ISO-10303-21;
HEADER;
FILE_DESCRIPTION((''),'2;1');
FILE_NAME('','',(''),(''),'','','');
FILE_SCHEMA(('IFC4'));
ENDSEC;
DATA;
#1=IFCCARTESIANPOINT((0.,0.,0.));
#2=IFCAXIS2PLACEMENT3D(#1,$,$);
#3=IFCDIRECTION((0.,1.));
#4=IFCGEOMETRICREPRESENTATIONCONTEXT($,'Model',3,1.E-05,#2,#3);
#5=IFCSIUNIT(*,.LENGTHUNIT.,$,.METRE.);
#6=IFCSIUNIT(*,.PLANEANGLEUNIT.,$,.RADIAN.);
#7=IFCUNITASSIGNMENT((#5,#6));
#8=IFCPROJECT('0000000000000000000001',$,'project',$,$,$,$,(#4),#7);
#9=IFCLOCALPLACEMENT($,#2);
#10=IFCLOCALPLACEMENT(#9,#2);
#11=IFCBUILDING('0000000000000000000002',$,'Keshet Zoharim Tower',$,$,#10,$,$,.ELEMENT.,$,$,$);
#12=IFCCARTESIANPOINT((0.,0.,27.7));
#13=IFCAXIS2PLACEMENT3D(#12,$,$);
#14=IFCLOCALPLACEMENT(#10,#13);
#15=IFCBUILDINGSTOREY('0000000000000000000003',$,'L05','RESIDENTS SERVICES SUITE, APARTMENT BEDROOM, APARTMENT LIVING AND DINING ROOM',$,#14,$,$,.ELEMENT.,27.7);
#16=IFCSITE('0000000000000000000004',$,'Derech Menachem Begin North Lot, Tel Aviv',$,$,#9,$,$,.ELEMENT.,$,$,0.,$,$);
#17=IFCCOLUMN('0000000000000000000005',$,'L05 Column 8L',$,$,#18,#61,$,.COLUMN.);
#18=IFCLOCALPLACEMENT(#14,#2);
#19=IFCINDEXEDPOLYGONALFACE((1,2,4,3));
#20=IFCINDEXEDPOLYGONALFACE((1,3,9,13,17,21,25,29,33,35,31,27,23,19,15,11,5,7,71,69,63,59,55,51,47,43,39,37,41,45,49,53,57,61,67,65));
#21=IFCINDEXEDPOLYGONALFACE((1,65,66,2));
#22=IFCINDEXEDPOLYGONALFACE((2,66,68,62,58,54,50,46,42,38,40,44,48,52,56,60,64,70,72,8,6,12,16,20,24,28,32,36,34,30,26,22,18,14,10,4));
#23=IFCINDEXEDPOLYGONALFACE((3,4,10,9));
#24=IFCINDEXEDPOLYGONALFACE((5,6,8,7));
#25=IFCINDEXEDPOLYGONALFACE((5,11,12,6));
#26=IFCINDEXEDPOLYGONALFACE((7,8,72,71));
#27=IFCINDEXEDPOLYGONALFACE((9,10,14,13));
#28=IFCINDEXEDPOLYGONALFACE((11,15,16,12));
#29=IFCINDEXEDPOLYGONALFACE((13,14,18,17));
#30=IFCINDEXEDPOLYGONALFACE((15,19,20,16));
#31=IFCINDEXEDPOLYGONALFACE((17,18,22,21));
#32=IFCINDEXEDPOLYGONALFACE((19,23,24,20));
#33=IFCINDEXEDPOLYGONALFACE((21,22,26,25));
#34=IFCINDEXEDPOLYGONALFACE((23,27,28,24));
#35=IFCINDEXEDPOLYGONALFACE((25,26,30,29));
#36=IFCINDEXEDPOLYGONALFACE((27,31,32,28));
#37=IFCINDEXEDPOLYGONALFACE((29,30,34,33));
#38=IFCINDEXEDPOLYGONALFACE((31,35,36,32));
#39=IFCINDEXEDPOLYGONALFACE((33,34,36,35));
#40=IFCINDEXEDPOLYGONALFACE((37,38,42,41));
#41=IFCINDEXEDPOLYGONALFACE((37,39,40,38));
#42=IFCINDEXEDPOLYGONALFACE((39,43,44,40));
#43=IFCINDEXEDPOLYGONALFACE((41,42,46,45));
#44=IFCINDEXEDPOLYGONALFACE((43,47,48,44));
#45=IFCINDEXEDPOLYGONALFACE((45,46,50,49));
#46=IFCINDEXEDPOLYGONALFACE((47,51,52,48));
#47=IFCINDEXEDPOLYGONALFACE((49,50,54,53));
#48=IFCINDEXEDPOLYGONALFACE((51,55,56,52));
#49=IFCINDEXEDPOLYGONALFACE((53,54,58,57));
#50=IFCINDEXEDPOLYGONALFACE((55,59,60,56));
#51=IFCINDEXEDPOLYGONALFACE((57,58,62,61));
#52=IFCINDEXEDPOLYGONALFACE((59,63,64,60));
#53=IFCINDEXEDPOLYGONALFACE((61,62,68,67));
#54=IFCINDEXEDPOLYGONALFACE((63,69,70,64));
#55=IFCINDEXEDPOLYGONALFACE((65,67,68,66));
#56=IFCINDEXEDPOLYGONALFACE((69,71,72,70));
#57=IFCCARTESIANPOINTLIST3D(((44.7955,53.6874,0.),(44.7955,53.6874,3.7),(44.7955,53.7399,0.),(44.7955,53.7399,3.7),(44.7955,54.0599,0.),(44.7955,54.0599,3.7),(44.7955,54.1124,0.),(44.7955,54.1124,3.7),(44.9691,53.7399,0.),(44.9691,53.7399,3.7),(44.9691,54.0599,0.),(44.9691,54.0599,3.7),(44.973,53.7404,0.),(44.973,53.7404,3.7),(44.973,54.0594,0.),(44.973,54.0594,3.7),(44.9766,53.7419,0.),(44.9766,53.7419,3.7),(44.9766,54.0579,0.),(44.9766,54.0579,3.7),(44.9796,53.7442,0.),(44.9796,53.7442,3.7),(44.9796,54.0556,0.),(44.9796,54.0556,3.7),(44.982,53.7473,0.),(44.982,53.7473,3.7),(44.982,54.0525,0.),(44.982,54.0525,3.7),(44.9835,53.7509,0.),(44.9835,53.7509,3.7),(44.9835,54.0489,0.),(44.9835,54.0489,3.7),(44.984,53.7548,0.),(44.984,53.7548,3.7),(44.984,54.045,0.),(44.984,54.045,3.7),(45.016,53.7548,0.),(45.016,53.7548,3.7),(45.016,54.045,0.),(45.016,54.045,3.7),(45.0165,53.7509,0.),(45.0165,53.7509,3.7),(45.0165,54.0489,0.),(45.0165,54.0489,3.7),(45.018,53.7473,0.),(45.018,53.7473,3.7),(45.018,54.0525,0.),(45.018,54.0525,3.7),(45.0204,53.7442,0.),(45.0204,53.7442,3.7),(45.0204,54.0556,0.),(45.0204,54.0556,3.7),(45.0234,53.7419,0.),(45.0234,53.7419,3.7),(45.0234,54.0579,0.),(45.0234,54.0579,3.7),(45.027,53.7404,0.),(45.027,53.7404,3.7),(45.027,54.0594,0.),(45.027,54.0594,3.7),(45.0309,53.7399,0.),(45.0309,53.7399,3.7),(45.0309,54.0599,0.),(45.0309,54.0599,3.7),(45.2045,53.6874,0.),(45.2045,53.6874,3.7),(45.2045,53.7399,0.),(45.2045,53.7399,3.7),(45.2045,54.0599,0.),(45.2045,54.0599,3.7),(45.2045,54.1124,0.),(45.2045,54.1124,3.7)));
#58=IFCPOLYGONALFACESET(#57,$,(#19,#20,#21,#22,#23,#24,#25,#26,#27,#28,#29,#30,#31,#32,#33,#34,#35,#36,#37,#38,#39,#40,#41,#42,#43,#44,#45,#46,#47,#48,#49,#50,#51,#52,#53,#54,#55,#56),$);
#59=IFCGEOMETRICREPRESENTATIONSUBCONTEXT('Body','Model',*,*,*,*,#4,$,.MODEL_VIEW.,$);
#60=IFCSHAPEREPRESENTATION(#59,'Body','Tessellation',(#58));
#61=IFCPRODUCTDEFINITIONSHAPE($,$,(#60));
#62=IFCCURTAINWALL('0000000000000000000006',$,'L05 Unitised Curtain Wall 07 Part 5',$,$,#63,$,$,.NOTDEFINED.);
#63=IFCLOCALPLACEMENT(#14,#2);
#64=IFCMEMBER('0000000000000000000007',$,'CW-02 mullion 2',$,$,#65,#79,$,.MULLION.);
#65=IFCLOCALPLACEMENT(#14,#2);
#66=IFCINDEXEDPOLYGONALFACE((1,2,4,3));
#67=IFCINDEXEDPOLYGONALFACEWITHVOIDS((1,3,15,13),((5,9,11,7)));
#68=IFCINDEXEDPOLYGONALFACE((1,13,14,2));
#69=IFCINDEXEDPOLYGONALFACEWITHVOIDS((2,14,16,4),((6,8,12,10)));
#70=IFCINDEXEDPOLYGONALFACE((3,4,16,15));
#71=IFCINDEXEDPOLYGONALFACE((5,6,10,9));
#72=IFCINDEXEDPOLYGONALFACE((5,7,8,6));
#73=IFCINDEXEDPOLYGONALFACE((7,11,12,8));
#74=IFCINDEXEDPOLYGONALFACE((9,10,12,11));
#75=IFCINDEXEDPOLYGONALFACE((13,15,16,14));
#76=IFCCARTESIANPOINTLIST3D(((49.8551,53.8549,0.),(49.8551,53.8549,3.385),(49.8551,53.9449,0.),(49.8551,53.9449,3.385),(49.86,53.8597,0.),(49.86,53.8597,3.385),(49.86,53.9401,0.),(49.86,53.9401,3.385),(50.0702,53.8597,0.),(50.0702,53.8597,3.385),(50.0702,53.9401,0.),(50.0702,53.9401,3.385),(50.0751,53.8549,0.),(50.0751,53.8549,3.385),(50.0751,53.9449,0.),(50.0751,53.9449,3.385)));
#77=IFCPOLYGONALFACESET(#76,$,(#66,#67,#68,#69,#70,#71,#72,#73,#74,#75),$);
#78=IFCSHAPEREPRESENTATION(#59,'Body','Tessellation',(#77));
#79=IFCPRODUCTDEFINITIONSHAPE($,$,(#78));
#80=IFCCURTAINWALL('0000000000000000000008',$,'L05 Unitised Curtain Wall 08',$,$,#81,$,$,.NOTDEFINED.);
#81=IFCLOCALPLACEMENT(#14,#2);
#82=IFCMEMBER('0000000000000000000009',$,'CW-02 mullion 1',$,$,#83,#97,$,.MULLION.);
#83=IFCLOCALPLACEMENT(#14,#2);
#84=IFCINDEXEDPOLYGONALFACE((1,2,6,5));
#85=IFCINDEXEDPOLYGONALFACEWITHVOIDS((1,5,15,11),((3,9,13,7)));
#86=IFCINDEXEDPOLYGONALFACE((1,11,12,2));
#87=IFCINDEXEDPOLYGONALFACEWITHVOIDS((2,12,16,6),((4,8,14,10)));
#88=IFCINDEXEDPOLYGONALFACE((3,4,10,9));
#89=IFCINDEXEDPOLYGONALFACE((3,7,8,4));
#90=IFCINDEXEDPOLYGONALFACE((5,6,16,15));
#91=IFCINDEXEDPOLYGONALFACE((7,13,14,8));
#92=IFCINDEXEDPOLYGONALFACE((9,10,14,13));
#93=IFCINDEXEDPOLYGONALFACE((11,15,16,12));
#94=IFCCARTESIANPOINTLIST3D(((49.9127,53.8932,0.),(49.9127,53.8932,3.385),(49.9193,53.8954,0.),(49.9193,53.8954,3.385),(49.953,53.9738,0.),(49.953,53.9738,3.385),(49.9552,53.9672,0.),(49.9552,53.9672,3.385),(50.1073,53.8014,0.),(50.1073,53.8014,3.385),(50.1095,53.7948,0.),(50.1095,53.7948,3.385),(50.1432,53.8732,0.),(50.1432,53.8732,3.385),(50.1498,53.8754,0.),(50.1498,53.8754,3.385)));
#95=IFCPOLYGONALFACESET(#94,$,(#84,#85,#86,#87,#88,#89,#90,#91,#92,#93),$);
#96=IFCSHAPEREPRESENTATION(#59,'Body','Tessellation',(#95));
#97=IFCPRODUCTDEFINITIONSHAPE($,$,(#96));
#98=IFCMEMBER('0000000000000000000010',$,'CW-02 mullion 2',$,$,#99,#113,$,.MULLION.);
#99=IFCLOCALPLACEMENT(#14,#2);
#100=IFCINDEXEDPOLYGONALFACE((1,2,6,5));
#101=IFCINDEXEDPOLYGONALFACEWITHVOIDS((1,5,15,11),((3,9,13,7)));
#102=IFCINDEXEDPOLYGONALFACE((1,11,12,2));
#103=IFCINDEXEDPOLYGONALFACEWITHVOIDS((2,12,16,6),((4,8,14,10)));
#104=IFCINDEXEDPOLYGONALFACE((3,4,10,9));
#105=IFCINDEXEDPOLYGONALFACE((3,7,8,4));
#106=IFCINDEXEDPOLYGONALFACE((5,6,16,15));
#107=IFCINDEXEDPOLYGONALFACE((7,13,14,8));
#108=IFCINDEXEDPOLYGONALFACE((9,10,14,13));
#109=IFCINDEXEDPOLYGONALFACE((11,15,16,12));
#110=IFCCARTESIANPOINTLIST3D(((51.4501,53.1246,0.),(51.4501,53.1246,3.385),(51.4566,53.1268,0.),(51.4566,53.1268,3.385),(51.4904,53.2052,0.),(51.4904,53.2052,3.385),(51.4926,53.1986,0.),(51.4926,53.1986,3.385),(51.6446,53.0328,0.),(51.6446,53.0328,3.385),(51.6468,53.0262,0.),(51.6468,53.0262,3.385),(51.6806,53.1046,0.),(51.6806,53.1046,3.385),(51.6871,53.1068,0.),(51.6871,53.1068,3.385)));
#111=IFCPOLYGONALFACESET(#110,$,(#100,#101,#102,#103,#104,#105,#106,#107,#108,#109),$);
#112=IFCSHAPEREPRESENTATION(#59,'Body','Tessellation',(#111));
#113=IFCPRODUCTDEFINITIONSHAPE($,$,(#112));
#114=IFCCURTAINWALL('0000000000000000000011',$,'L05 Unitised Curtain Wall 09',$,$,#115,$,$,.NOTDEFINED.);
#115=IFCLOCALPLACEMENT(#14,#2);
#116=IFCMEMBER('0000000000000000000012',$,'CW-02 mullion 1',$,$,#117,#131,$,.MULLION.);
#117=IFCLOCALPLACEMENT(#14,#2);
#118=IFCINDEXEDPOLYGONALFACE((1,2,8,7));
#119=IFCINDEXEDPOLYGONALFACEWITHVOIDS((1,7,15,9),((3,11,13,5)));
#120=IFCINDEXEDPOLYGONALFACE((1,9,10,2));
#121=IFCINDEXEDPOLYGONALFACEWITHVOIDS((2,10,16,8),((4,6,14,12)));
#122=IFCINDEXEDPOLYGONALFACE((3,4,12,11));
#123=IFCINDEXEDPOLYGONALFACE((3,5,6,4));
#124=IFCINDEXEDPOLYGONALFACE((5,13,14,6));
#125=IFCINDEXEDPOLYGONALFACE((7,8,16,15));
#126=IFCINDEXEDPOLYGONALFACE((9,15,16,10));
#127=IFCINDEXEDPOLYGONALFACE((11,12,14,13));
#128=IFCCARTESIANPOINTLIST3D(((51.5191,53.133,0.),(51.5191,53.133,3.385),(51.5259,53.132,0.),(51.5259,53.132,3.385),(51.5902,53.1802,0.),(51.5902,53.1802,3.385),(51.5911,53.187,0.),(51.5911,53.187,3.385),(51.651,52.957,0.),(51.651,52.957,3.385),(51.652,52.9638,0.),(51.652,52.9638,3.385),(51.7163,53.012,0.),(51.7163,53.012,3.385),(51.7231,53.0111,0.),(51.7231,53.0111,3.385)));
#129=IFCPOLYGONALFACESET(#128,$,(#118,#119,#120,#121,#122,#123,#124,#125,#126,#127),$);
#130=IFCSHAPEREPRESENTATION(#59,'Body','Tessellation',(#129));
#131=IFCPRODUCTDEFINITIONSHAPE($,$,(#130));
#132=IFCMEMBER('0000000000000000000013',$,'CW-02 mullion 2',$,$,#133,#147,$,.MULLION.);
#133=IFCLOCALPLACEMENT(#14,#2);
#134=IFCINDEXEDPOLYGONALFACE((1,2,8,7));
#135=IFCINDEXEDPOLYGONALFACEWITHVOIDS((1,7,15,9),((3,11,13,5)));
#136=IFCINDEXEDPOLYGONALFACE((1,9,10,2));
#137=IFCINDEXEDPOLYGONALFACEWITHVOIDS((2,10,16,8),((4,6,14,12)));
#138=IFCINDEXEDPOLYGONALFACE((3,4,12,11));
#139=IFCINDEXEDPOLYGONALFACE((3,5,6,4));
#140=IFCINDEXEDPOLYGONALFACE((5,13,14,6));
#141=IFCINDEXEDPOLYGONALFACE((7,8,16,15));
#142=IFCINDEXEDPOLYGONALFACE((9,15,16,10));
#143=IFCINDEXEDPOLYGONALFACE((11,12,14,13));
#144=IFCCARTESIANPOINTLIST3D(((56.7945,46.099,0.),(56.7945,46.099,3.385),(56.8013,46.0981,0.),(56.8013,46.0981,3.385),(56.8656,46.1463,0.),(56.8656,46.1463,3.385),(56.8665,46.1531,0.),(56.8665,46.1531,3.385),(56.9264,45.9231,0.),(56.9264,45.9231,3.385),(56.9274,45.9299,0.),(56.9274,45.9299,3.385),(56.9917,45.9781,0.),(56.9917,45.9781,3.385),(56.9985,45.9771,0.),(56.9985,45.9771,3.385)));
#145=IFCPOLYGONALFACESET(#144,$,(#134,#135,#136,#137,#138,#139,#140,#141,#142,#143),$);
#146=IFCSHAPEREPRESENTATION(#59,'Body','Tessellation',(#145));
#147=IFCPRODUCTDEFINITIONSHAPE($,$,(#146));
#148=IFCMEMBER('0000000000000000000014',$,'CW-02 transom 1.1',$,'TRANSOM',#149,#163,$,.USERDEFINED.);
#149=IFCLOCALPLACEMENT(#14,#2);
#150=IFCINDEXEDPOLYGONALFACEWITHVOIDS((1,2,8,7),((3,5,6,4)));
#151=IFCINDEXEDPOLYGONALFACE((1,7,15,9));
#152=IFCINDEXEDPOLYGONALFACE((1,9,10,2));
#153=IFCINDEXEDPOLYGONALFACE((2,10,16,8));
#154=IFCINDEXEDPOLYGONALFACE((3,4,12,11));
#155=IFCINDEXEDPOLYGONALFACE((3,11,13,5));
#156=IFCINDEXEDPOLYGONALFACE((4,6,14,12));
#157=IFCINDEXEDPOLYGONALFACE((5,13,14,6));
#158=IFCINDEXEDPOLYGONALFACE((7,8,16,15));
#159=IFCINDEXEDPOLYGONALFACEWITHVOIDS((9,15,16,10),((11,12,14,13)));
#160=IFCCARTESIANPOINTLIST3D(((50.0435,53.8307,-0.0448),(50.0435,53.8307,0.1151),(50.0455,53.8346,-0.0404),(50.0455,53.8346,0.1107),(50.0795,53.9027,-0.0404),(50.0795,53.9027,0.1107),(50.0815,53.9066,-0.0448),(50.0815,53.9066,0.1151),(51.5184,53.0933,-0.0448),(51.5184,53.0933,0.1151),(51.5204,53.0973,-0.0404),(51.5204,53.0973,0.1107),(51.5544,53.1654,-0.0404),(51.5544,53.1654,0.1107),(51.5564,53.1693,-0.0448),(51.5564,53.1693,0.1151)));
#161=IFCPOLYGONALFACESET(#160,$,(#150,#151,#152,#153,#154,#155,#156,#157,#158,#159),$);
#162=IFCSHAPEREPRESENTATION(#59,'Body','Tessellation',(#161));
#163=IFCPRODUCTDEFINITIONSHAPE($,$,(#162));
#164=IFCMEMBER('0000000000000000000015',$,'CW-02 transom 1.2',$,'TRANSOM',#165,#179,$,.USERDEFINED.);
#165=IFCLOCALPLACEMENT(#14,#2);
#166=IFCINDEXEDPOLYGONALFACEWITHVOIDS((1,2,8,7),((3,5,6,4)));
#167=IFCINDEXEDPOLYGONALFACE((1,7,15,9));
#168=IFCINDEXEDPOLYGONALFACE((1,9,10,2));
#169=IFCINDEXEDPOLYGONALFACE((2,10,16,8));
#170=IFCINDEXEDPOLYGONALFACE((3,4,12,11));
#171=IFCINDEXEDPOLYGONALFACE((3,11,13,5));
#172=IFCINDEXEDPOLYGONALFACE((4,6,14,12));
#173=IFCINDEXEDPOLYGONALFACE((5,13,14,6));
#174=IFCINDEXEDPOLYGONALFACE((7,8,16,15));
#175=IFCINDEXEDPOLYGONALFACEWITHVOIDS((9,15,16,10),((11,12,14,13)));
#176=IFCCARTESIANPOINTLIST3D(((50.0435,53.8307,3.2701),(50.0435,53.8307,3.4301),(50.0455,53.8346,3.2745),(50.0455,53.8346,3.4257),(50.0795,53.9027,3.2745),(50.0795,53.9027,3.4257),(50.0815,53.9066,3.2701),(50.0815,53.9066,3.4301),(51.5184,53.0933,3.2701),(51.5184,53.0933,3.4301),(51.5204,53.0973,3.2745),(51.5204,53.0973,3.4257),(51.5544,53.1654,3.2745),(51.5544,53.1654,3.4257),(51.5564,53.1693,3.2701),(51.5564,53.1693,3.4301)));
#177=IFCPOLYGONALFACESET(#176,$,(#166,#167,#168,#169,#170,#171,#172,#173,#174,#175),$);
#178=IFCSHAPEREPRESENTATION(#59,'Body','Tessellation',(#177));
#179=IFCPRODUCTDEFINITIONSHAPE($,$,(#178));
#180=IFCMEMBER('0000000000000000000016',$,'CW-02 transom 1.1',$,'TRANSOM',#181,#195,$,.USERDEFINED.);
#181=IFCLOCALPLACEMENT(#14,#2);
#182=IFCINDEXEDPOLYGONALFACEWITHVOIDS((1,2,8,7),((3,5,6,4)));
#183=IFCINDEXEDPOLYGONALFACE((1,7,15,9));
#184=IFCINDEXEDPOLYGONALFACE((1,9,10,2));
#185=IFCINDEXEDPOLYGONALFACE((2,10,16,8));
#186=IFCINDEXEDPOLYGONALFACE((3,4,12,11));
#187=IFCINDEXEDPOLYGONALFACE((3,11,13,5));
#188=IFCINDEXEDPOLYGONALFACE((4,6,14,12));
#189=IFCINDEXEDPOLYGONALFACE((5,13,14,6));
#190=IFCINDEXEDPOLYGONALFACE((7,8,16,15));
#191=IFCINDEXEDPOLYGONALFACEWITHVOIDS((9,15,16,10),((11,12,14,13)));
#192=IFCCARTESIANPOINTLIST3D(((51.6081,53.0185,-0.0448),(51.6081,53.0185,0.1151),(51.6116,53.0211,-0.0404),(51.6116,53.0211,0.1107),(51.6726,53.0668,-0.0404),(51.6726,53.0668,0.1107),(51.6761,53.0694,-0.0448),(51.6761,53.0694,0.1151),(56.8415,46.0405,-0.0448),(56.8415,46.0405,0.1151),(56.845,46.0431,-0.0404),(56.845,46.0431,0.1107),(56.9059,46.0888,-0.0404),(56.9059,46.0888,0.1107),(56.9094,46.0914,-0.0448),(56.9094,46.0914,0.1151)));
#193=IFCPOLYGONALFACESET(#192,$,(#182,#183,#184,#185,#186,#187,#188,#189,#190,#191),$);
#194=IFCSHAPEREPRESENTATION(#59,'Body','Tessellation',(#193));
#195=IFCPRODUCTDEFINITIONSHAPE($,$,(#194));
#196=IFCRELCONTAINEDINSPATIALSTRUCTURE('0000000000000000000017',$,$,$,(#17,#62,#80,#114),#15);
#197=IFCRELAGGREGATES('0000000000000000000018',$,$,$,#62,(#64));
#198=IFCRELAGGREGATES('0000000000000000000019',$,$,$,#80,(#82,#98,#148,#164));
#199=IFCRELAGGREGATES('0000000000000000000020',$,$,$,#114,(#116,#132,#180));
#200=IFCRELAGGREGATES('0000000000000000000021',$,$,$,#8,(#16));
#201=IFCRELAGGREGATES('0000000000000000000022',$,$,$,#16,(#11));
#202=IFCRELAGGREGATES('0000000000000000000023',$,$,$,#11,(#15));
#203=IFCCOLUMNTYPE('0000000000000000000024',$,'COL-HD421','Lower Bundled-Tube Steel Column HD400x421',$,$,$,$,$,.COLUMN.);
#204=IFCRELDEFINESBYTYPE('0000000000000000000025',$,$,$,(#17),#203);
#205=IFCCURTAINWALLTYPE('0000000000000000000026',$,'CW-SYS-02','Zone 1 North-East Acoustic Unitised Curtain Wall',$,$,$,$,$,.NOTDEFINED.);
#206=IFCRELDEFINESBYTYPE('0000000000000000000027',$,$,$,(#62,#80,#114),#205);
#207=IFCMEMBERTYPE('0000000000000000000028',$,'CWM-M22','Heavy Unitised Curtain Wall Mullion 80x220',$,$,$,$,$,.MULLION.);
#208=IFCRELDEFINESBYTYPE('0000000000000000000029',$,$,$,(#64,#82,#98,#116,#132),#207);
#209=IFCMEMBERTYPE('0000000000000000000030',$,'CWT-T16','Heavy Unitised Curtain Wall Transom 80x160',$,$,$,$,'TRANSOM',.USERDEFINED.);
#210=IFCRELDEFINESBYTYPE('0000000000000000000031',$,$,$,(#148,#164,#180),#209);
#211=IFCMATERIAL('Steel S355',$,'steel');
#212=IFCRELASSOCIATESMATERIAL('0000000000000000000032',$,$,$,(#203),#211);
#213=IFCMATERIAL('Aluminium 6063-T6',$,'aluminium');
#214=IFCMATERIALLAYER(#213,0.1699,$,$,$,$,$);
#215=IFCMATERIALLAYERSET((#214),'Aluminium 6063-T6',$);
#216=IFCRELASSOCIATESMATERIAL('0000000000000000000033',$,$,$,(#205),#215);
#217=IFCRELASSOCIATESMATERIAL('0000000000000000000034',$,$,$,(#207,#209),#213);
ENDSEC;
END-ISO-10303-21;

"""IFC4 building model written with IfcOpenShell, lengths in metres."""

from ifc_helpers import new_model, si_unit, direction, frame, origin, origin_2d, place, context, subcontext, project, spatial, hollow_rectangle, i_section, extrude, material, layer, layer_set, material_profile, profile_set, type_object, element, aggregate, save


model = new_model("IFC4")

# Units and contexts
model_context = context("Model", 3, precision=1e-05, world=origin(), true_north=direction((0.0, 1.0)))
body_context = subcontext(model_context, "Body", "Model", "MODEL_VIEW")
ifc_project = project(units=[si_unit("LENGTHUNIT", "METRE"), si_unit("PLANEANGLEUNIT", "RADIAN")], contexts=[model_context])

# Site, building, storey
site_placement = place(None, origin())
site = spatial("IfcSite", under=ifc_project, at=site_placement, Name="Derech Menachem Begin North Lot, Tel Aviv", CompositionType="ELEMENT", RefElevation=0.0)
building_placement = place(site_placement, origin())
building = spatial("IfcBuilding", under=site, at=building_placement, Name="Keshet Zoharim Tower", CompositionType="ELEMENT")
storey_placement = place(building_placement, frame((0.0, 0.0, 27.7)))
storey = spatial("IfcBuildingStorey", under=building, at=storey_placement, Name="L05", Description="RESIDENTS SERVICES SUITE, APARTMENT BEDROOM, APARTMENT LIVING AND DINING ROOM", CompositionType="ELEMENT", Elevation=27.7)

# Column
ifc_material_1 = material(Name="Steel S355", Category="steel")
ifc_material_profile_1 = material_profile(ifc_material_1, i_section(OverallWidth=0.4089, OverallDepth=0.425, WebThickness=0.032, FlangeThickness=0.0525, FilletRadius=0.0149, at=origin_2d()), Name="HD400x421")
ifc_profile_set_1 = profile_set([ifc_material_profile_1], Name="Steel S355")
column_type = type_object("IfcColumnType", Name="COL-HD421", Description="Lower Bundled-Tube Steel Column HD400x421", PredefinedType="COLUMN", material=ifc_profile_set_1)
column_placement = place(storey_placement, frame((45.0, 53.8999, 0.0), z_axis=(0.0, 0.0, 1.0), x_axis=(1.0, 0.0, 0.0)))
element("IfcColumn", 1, at=column_placement, inside=storey, type_object=column_type, Name="L05 Column 8L", PredefinedType="COLUMN", context=body_context, shape_type="SweptSolid", body=[
    extrude(i_section(OverallWidth=0.4089, OverallDepth=0.425, WebThickness=0.032, FlangeThickness=0.0525, FilletRadius=0.0149, at=origin_2d()), origin(), (0.0, 0.0, 1.0), 3.7),
])

# Curtain wall, member
ifc_material_2 = material(Name="Aluminium 6063-T6", Category="aluminium")
ifc_layer_1 = layer(ifc_material_2, 0.1699)
ifc_layer_set_1 = layer_set([ifc_layer_1], Name="Aluminium 6063-T6")
curtain_wall_type = type_object("IfcCurtainWallType", Name="CW-SYS-02", Description="Zone 1 North-East Acoustic Unitised Curtain Wall", PredefinedType="NOTDEFINED", material=ifc_layer_set_1)
curtain_wall_1_placement = place(storey_placement, origin())
curtain_wall_1 = element("IfcCurtainWall", 2, at=curtain_wall_1_placement, inside=storey, type_object=curtain_wall_type, Name="L05 Unitised Curtain Wall 07 Part 5", PredefinedType="NOTDEFINED")
ifc_material_profile_2 = material_profile(ifc_material_2, hollow_rectangle(XDim=0.0901, YDim=0.22, WallThickness=0.0049, at=origin_2d()), Name="MUL-90x220")
ifc_profile_set_2 = profile_set([ifc_material_profile_2], Name="Aluminium 6063-T6")
member_type_1 = type_object("IfcMemberType", Name="CWM-M22", Description="Heavy Unitised Curtain Wall Mullion 80x220", PredefinedType="MULLION", material=ifc_profile_set_2)
member_1_placement = place(storey_placement, frame((49.9651, 53.8999, 0.0), z_axis=(0.0, 0.0, 1.0), x_axis=(0.0, 1.0, 0.0)))
member_1 = element("IfcMember", 3, at=member_1_placement, type_object=member_type_1, Name="CW-02 mullion 2", PredefinedType="MULLION", context=body_context, shape_type="SweptSolid", body=[
    extrude(hollow_rectangle(XDim=0.0901, YDim=0.22, WallThickness=0.0049, at=origin_2d()), origin(), (0.0, 0.0, 1.0), 3.385),
])

# Curtain walls, members
curtain_wall_2_placement = place(storey_placement, origin())
curtain_wall_2 = element("IfcCurtainWall", 4, at=curtain_wall_2_placement, inside=storey, type_object=curtain_wall_type, Name="L05 Unitised Curtain Wall 08", PredefinedType="NOTDEFINED")
member_2_placement = place(storey_placement, frame((50.0312, 53.8843, 0.0), z_axis=(0.0, 0.0, 1.0), x_axis=(0.447214, 0.894427, 0.0)))
member_2 = element("IfcMember", 5, at=member_2_placement, type_object=member_type_1, Name="CW-02 mullion 1", PredefinedType="MULLION", context=body_context, shape_type="SweptSolid", body=[
    extrude(hollow_rectangle(XDim=0.0901, YDim=0.22, WallThickness=0.0049, at=origin_2d()), origin(), (0.0, 0.0, 1.0), 3.385),
])
member_3_placement = place(storey_placement, frame((51.5686, 53.1157, 0.0), z_axis=(0.0, 0.0, 1.0), x_axis=(0.447214, 0.894427, 0.0)))
member_3 = element("IfcMember", 6, at=member_3_placement, type_object=member_type_1, Name="CW-02 mullion 2", PredefinedType="MULLION", context=body_context, shape_type="SweptSolid", body=[
    extrude(hollow_rectangle(XDim=0.0901, YDim=0.22, WallThickness=0.0049, at=origin_2d()), origin(), (0.0, 0.0, 1.0), 3.385),
])
curtain_wall_3_placement = place(storey_placement, origin())
curtain_wall_3 = element("IfcCurtainWall", 7, at=curtain_wall_3_placement, inside=storey, type_object=curtain_wall_type, Name="L05 Unitised Curtain Wall 09", PredefinedType="NOTDEFINED")
member_4_placement = place(storey_placement, frame((51.6211, 53.072, 0.0), z_axis=(0.0, 0.0, 1.0), x_axis=(0.8, 0.6, 0.0)))
member_4 = element("IfcMember", 8, at=member_4_placement, type_object=member_type_1, Name="CW-02 mullion 1", PredefinedType="MULLION", context=body_context, shape_type="SweptSolid", body=[
    extrude(hollow_rectangle(XDim=0.0901, YDim=0.22, WallThickness=0.0049, at=origin_2d()), origin(), (0.0, 0.0, 1.0), 3.385),
])
member_5_placement = place(storey_placement, frame((56.8965, 46.0381, 0.0), z_axis=(0.0, 0.0, 1.0), x_axis=(0.8, 0.6, 0.0)))
member_5 = element("IfcMember", 9, at=member_5_placement, type_object=member_type_1, Name="CW-02 mullion 2", PredefinedType="MULLION", context=body_context, shape_type="SweptSolid", body=[
    extrude(hollow_rectangle(XDim=0.0901, YDim=0.22, WallThickness=0.0049, at=origin_2d()), origin(), (0.0, 0.0, 1.0), 3.385),
])

# Members
ifc_material_profile_3 = material_profile(ifc_material_2, hollow_rectangle(XDim=0.085, YDim=0.1599, WallThickness=0.0044, at=origin_2d()), Name="TRN-85x160")
ifc_profile_set_3 = profile_set([ifc_material_profile_3], Name="Aluminium 6063-T6")
member_type_2 = type_object("IfcMemberType", Name="CWT-T16", Description="Heavy Unitised Curtain Wall Transom 80x160", ElementType="TRANSOM", PredefinedType="USERDEFINED", material=ifc_profile_set_3)
member_6_placement = place(storey_placement, frame((50.0625, 53.8687, 0.0352), z_axis=(0.894457, -0.447154, 0.0), x_axis=(0.447154, 0.894457, 0.0)))
member_6 = element("IfcMember", 10, at=member_6_placement, type_object=member_type_2, Name="CW-02 transom 1.1", ObjectType="TRANSOM", PredefinedType="USERDEFINED", context=body_context, shape_type="SweptSolid", body=[
    extrude(hollow_rectangle(XDim=0.085, YDim=0.1599, WallThickness=0.0044, at=origin_2d()), origin(), (0.0, 0.0, 1.0), 1.6489),
])
member_7_placement = place(storey_placement, frame((50.0625, 53.8687, 3.3501), z_axis=(0.894457, -0.447154, 0.0), x_axis=(0.447154, 0.894457, 0.0)))
member_7 = element("IfcMember", 11, at=member_7_placement, type_object=member_type_2, Name="CW-02 transom 1.2", ObjectType="TRANSOM", PredefinedType="USERDEFINED", context=body_context, shape_type="SweptSolid", body=[
    extrude(hollow_rectangle(XDim=0.085, YDim=0.1599, WallThickness=0.0044, at=origin_2d()), origin(), (0.0, 0.0, 1.0), 1.6489),
])
member_8_placement = place(storey_placement, frame((51.6421, 53.0439, 0.0352), z_axis=(0.599991, -0.800007, 0.0), x_axis=(0.800007, 0.599991, 0.0)))
member_8 = element("IfcMember", 12, at=member_8_placement, type_object=member_type_2, Name="CW-02 transom 1.1", ObjectType="TRANSOM", PredefinedType="USERDEFINED", context=body_context, shape_type="SweptSolid", body=[
    extrude(hollow_rectangle(XDim=0.085, YDim=0.1599, WallThickness=0.0044, at=origin_2d()), origin(), (0.0, 0.0, 1.0), 8.7224),
])

aggregate(curtain_wall_1, [member_1])
aggregate(curtain_wall_2, [member_2, member_3, member_6, member_7])
aggregate(curtain_wall_3, [member_4, member_5, member_8])

save(model, "model.ifc")
